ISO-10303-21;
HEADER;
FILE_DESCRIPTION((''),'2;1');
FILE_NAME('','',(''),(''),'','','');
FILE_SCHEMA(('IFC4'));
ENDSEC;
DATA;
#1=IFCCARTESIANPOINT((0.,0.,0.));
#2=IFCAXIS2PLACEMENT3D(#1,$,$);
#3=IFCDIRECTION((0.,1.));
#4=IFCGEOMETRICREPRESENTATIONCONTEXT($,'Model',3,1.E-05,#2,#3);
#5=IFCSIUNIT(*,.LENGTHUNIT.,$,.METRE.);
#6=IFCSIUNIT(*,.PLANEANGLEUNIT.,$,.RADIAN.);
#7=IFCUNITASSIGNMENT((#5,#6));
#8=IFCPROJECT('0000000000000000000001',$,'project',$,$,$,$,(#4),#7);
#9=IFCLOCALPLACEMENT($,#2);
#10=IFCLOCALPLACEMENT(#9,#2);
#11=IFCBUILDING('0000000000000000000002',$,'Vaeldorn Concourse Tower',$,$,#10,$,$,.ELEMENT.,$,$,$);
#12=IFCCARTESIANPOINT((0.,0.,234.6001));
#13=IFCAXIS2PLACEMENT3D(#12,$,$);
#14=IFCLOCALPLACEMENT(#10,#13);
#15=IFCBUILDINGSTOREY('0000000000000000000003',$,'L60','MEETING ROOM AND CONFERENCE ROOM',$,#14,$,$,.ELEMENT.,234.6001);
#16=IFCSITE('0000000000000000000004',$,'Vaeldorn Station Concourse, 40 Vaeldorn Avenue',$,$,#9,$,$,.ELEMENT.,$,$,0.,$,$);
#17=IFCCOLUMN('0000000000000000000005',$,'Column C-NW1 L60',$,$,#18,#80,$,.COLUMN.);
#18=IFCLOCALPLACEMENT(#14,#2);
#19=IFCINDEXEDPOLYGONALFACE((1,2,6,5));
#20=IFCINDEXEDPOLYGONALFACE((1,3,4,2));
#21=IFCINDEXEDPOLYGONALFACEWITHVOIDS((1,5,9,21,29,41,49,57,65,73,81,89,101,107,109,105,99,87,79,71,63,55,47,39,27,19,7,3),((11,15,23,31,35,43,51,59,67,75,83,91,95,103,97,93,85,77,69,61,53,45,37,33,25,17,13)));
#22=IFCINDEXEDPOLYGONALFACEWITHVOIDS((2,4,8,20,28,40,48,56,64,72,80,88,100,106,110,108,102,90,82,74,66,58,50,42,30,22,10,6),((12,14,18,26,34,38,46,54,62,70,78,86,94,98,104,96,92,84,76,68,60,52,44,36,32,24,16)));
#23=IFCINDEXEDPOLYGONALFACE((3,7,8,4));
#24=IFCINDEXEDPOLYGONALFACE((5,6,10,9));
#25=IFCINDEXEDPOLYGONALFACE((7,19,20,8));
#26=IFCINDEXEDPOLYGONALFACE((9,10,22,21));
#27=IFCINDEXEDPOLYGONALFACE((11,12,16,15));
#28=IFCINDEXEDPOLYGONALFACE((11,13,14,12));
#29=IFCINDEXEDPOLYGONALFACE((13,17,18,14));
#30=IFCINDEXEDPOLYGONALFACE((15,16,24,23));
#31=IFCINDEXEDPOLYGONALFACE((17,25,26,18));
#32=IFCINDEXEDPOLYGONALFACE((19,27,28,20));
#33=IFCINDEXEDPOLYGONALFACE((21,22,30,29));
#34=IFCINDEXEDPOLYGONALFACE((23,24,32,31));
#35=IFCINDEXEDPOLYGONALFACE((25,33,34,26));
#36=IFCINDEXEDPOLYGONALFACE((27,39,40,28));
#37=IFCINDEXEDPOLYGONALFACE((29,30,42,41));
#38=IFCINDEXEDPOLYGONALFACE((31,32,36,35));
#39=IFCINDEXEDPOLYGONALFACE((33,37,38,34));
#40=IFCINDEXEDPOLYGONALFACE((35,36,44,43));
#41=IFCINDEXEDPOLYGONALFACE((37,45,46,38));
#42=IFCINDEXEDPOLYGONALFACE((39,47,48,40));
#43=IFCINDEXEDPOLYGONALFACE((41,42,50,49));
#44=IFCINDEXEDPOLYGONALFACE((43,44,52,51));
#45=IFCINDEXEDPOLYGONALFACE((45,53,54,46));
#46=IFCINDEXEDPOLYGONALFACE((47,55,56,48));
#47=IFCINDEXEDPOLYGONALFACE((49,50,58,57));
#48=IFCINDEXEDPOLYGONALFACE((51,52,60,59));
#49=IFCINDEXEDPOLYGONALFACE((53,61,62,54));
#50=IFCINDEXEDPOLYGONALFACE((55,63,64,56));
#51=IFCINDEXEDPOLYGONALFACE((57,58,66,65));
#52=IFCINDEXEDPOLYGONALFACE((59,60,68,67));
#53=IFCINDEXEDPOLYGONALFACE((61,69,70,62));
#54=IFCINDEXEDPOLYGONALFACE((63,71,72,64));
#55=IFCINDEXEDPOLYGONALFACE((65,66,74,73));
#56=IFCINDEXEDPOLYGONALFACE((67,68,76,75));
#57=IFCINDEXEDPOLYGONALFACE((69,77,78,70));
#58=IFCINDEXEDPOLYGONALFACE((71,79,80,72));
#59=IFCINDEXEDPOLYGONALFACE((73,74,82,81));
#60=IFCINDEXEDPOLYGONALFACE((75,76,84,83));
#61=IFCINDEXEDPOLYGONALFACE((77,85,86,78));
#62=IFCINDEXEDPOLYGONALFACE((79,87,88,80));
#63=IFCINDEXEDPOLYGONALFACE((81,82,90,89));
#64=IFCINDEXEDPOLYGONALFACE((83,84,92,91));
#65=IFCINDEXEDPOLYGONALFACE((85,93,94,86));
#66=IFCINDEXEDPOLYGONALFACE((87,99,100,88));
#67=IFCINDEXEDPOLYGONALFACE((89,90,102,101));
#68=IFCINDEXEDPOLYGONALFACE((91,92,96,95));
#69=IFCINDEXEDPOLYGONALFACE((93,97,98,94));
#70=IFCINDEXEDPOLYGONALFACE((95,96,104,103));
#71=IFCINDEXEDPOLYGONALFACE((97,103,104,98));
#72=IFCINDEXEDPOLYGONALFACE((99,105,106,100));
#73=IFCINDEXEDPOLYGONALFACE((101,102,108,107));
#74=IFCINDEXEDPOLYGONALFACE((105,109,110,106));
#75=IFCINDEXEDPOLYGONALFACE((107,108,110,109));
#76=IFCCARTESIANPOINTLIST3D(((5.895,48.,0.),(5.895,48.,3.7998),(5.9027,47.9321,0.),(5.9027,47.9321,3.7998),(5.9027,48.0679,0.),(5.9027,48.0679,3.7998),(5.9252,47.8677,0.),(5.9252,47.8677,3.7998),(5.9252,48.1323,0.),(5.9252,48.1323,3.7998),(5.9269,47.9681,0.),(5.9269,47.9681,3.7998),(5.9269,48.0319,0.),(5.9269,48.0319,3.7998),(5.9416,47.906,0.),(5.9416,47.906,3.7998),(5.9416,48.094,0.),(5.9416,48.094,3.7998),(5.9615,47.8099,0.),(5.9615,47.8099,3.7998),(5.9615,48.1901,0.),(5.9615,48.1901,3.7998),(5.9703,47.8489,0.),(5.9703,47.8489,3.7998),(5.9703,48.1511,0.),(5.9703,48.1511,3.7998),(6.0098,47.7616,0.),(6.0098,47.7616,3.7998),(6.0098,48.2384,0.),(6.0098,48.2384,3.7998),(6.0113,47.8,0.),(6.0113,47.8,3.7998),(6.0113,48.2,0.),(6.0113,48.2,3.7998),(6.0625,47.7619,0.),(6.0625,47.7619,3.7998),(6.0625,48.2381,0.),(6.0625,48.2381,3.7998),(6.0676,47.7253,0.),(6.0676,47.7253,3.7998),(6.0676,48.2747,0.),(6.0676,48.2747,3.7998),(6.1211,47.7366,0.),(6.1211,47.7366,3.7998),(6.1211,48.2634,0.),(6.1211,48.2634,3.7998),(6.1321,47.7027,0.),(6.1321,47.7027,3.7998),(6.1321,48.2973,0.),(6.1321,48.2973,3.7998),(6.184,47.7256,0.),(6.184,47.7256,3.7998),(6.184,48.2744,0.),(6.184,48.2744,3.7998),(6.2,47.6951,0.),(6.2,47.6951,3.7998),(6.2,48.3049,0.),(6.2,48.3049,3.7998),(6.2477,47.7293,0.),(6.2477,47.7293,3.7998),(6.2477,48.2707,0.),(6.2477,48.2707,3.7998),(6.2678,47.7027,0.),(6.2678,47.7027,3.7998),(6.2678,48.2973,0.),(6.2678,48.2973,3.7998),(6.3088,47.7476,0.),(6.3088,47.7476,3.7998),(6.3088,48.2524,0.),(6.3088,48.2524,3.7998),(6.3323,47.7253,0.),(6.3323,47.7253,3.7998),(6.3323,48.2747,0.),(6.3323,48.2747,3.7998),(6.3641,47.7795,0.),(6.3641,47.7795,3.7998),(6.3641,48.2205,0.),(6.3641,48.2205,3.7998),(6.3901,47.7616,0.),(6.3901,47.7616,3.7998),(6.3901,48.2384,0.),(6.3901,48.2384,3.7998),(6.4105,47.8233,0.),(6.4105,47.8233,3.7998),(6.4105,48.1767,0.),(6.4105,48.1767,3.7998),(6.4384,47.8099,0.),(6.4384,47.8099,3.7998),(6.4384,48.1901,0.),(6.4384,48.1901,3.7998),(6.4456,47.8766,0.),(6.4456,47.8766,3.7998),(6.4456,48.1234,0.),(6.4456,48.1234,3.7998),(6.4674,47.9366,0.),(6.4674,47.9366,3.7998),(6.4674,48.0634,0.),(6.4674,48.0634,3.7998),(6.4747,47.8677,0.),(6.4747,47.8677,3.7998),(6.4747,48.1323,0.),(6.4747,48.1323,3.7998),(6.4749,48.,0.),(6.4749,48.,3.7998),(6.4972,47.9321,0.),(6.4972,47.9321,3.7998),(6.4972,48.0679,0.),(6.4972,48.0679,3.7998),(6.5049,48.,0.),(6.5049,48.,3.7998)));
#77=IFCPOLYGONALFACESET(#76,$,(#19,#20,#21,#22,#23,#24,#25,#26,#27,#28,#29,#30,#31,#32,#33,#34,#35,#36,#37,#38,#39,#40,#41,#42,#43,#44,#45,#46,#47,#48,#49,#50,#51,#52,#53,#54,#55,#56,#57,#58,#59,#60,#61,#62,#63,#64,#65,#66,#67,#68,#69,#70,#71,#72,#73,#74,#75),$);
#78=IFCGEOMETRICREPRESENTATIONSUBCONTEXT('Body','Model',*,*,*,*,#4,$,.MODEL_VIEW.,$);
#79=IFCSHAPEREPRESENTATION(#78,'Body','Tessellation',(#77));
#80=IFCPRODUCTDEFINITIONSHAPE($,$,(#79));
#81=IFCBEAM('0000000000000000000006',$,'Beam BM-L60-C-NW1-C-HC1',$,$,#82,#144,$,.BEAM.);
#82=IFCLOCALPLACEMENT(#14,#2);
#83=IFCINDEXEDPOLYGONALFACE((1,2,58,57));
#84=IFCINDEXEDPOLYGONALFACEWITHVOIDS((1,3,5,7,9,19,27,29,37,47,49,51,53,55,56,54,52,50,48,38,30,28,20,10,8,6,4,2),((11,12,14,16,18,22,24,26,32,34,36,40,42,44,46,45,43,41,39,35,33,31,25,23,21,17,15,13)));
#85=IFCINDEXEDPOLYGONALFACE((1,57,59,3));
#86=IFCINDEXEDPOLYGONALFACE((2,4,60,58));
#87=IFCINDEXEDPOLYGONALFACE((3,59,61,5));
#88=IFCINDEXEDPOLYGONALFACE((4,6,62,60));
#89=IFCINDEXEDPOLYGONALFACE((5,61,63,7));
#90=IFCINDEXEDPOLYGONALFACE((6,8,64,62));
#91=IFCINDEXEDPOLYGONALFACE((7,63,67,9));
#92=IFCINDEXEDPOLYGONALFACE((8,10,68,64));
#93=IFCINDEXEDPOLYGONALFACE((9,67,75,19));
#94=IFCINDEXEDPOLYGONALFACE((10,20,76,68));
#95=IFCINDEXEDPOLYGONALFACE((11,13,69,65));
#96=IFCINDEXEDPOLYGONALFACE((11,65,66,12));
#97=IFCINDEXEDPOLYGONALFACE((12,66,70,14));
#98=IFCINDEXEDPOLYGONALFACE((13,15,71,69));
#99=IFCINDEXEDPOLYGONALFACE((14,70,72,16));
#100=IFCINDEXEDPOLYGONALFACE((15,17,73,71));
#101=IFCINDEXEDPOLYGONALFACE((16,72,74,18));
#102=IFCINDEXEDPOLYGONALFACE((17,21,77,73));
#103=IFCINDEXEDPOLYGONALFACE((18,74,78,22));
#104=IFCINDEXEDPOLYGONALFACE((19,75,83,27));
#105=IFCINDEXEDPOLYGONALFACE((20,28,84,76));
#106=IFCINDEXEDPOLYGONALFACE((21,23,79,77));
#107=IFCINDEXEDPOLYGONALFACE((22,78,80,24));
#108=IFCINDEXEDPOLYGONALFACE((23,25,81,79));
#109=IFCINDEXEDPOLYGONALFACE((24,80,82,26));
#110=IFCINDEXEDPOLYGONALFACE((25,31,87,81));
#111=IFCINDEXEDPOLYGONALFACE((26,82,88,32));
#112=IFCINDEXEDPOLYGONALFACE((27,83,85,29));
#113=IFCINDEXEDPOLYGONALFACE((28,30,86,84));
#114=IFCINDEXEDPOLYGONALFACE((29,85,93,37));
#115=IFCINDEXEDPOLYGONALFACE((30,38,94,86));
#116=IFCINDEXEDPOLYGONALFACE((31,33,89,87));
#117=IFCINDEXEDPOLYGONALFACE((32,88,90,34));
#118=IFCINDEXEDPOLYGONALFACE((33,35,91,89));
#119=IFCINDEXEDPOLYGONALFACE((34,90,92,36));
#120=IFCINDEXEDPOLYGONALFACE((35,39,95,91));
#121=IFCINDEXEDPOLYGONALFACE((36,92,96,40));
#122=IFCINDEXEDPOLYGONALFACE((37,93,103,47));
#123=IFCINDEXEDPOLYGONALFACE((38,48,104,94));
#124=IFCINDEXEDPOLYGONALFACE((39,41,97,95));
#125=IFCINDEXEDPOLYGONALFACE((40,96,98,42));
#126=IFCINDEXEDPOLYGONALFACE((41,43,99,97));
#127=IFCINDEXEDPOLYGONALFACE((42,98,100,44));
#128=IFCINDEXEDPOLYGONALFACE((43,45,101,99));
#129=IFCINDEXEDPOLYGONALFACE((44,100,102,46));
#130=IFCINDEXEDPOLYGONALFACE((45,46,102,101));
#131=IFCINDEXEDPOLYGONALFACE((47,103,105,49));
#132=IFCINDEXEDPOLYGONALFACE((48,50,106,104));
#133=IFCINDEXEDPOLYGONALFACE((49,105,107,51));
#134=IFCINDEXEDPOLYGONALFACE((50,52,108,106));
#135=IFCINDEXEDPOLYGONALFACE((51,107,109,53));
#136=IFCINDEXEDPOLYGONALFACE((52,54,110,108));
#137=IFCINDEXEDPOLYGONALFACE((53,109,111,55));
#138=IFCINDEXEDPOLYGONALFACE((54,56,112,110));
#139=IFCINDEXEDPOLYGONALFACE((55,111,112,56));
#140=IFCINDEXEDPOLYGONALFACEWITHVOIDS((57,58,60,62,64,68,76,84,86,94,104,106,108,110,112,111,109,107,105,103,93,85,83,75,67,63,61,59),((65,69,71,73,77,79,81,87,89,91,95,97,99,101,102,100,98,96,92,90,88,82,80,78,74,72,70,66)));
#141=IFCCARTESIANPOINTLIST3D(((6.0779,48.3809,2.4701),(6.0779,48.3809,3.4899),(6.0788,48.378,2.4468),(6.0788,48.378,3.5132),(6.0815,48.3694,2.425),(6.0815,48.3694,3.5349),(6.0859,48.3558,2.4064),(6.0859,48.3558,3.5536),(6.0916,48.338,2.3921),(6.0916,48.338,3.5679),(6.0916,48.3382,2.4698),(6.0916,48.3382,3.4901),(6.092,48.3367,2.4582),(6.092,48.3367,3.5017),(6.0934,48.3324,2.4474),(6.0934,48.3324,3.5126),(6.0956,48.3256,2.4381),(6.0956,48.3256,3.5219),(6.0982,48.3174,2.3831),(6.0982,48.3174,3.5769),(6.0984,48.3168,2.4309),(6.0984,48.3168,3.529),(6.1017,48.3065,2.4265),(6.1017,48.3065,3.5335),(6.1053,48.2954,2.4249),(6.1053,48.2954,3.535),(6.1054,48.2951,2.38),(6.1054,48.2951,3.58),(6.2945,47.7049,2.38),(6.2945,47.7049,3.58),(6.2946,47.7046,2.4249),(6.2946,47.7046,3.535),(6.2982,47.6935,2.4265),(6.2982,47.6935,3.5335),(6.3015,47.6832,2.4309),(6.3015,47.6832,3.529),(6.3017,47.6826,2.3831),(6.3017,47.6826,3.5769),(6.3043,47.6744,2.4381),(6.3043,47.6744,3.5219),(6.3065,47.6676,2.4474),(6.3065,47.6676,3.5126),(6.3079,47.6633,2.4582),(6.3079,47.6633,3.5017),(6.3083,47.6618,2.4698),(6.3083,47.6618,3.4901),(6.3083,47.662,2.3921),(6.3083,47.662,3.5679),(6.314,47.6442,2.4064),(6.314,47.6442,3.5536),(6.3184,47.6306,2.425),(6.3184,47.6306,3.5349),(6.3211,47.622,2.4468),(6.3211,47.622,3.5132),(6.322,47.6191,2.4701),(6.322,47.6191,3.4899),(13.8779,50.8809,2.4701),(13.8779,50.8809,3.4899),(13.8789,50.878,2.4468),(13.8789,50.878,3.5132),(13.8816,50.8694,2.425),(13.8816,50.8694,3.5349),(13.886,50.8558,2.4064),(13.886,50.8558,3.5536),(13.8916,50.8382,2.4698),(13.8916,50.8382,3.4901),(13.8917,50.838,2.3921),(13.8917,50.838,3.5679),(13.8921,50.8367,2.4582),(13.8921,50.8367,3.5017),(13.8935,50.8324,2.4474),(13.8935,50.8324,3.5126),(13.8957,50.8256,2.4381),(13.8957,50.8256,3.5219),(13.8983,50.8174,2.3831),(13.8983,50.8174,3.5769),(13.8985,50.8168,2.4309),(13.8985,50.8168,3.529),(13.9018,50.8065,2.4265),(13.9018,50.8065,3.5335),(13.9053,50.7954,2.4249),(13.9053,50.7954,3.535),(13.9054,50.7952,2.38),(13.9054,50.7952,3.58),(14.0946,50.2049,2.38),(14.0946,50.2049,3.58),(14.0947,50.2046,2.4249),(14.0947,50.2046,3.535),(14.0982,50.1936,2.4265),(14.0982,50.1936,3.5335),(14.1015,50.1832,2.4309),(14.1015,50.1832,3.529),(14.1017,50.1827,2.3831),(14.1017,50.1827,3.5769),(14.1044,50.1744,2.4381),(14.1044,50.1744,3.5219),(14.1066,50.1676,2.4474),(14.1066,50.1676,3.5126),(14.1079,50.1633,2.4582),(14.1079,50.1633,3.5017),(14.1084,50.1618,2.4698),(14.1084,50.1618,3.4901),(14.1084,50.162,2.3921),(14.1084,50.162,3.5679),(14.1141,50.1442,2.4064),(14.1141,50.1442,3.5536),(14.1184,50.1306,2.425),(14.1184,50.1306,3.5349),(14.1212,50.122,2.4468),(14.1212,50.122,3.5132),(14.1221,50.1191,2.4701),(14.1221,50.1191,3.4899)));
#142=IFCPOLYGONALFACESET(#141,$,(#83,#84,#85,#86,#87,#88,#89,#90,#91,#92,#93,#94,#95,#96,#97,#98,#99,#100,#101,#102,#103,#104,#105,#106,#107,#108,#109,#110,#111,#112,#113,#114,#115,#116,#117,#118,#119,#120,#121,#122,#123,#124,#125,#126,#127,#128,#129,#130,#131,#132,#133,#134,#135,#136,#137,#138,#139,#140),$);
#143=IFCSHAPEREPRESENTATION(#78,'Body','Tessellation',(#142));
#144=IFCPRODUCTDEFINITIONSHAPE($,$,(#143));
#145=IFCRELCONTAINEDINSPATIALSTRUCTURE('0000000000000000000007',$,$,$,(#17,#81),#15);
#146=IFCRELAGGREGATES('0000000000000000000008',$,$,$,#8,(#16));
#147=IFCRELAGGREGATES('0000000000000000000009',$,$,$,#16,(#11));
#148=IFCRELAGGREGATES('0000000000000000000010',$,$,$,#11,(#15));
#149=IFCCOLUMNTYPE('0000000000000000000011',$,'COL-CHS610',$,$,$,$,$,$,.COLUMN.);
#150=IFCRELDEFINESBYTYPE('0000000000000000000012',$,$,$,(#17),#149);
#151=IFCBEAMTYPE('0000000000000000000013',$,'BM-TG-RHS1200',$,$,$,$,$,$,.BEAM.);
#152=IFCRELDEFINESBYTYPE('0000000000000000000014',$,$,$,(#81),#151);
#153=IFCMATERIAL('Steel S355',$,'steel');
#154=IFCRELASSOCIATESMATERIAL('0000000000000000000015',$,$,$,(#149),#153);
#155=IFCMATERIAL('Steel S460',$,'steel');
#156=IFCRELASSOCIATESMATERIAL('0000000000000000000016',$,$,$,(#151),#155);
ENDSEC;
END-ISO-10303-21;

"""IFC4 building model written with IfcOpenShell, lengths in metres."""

from ifc_helpers import new_model, si_unit, direction, frame, origin, origin_2d, place, context, subcontext, project, spatial, hollow_rectangle, hollow_circle, extrude, source, transform, mapped, material, material_profile, profile_set, type_object, element, save


model = new_model("IFC4")

# Units and contexts
model_context = context("Model", 3, precision=1e-05, world=origin(), true_north=direction((0.0, 1.0)))
body_context = subcontext(model_context, "Body", "Model", "MODEL_VIEW")
ifc_project = project(units=[si_unit("LENGTHUNIT", "METRE"), si_unit("PLANEANGLEUNIT", "RADIAN")], contexts=[model_context])

# Site, building, storey
site_placement = place(None, origin())
site = spatial("IfcSite", under=ifc_project, at=site_placement, Name="Vaeldorn Station Concourse, 40 Vaeldorn Avenue", CompositionType="ELEMENT", RefElevation=0.0)
building_placement = place(site_placement, origin())
building = spatial("IfcBuilding", under=site, at=building_placement, Name="Vaeldorn Concourse Tower", CompositionType="ELEMENT")
storey_placement = place(building_placement, frame((0.0, 0.0, 234.6001)))
storey = spatial("IfcBuildingStorey", under=building, at=storey_placement, Name="L60", Description="MEETING ROOM AND CONFERENCE ROOM", CompositionType="ELEMENT", Elevation=234.6001)

# Column
ifc_material_1 = material(Name="Steel S355", Category="steel")
ifc_material_profile_1 = material_profile(ifc_material_1, hollow_circle(Radius=0.3049, WallThickness=0.03, at=origin_2d()), Name="CHS 610x30")
ifc_profile_set_1 = profile_set([ifc_material_profile_1], Name="Steel S355")
column_type = type_object("IfcColumnType", Name="COL-CHS610", PredefinedType="COLUMN", material=ifc_profile_set_1)
shared_shape_1 = source(origin(), body_context, "Body", "SweptSolid", [
    extrude(hollow_circle(Radius=0.3049, WallThickness=0.03, at=origin_2d()), origin(), (0.0, 0.0, 1.0), 3.7998),
])
column_placement = place(storey_placement, frame((6.2, 48.0, 0.0), z_axis=(0.0, 0.0, 1.0), x_axis=(1.0, 0.0, 0.0)))
element("IfcColumn", 1, at=column_placement, inside=storey, type_object=column_type, Name="Column C-NW1 L60", PredefinedType="COLUMN", context=body_context, shape_type="MappedRepresentation", body=[
    mapped(shared_shape_1, transform((0.0, 0.0, 0.0), scale=1.0)),
])

# Beam
ifc_material_2 = material(Name="Steel S460", Category="steel")
ifc_material_profile_2 = material_profile(ifc_material_2, hollow_rectangle(XDim=0.8, YDim=1.2, WallThickness=0.0449, InnerFilletRadius=0.0449, OuterFilletRadius=0.0901, at=origin_2d()), Name="RHS 1200x800x45")
ifc_profile_set_2 = profile_set([ifc_material_profile_2], Name="Steel S460")
beam_type_1 = type_object("IfcBeamType", Name="BM-TG-RHS1200", PredefinedType="BEAM", material=ifc_profile_set_2)
shared_shape_2 = source(origin(), body_context, "Body", "SweptSolid", [
    extrude(hollow_rectangle(XDim=0.8, YDim=1.2, WallThickness=0.0449, InnerFilletRadius=0.0449, OuterFilletRadius=0.0901, at=origin_2d()), origin(), (0.0, 0.0, 1.0), 8.1909),
])
beam_1_placement = place(storey_placement, frame((6.2, 48.0, 2.98), z_axis=(0.952283, 0.305217, 0.0), x_axis=(-0.305217, 0.952283, 0.0)))
element("IfcBeam", 2, at=beam_1_placement, inside=storey, type_object=beam_type_1, Name="Beam BM-L60-C-NW1-C-HC1", PredefinedType="BEAM", context=body_context, shape_type="MappedRepresentation", body=[
    mapped(shared_shape_2, transform((0.0, 0.0, 0.0), scale=1.0)),
])

save(model, "model.ifc")
